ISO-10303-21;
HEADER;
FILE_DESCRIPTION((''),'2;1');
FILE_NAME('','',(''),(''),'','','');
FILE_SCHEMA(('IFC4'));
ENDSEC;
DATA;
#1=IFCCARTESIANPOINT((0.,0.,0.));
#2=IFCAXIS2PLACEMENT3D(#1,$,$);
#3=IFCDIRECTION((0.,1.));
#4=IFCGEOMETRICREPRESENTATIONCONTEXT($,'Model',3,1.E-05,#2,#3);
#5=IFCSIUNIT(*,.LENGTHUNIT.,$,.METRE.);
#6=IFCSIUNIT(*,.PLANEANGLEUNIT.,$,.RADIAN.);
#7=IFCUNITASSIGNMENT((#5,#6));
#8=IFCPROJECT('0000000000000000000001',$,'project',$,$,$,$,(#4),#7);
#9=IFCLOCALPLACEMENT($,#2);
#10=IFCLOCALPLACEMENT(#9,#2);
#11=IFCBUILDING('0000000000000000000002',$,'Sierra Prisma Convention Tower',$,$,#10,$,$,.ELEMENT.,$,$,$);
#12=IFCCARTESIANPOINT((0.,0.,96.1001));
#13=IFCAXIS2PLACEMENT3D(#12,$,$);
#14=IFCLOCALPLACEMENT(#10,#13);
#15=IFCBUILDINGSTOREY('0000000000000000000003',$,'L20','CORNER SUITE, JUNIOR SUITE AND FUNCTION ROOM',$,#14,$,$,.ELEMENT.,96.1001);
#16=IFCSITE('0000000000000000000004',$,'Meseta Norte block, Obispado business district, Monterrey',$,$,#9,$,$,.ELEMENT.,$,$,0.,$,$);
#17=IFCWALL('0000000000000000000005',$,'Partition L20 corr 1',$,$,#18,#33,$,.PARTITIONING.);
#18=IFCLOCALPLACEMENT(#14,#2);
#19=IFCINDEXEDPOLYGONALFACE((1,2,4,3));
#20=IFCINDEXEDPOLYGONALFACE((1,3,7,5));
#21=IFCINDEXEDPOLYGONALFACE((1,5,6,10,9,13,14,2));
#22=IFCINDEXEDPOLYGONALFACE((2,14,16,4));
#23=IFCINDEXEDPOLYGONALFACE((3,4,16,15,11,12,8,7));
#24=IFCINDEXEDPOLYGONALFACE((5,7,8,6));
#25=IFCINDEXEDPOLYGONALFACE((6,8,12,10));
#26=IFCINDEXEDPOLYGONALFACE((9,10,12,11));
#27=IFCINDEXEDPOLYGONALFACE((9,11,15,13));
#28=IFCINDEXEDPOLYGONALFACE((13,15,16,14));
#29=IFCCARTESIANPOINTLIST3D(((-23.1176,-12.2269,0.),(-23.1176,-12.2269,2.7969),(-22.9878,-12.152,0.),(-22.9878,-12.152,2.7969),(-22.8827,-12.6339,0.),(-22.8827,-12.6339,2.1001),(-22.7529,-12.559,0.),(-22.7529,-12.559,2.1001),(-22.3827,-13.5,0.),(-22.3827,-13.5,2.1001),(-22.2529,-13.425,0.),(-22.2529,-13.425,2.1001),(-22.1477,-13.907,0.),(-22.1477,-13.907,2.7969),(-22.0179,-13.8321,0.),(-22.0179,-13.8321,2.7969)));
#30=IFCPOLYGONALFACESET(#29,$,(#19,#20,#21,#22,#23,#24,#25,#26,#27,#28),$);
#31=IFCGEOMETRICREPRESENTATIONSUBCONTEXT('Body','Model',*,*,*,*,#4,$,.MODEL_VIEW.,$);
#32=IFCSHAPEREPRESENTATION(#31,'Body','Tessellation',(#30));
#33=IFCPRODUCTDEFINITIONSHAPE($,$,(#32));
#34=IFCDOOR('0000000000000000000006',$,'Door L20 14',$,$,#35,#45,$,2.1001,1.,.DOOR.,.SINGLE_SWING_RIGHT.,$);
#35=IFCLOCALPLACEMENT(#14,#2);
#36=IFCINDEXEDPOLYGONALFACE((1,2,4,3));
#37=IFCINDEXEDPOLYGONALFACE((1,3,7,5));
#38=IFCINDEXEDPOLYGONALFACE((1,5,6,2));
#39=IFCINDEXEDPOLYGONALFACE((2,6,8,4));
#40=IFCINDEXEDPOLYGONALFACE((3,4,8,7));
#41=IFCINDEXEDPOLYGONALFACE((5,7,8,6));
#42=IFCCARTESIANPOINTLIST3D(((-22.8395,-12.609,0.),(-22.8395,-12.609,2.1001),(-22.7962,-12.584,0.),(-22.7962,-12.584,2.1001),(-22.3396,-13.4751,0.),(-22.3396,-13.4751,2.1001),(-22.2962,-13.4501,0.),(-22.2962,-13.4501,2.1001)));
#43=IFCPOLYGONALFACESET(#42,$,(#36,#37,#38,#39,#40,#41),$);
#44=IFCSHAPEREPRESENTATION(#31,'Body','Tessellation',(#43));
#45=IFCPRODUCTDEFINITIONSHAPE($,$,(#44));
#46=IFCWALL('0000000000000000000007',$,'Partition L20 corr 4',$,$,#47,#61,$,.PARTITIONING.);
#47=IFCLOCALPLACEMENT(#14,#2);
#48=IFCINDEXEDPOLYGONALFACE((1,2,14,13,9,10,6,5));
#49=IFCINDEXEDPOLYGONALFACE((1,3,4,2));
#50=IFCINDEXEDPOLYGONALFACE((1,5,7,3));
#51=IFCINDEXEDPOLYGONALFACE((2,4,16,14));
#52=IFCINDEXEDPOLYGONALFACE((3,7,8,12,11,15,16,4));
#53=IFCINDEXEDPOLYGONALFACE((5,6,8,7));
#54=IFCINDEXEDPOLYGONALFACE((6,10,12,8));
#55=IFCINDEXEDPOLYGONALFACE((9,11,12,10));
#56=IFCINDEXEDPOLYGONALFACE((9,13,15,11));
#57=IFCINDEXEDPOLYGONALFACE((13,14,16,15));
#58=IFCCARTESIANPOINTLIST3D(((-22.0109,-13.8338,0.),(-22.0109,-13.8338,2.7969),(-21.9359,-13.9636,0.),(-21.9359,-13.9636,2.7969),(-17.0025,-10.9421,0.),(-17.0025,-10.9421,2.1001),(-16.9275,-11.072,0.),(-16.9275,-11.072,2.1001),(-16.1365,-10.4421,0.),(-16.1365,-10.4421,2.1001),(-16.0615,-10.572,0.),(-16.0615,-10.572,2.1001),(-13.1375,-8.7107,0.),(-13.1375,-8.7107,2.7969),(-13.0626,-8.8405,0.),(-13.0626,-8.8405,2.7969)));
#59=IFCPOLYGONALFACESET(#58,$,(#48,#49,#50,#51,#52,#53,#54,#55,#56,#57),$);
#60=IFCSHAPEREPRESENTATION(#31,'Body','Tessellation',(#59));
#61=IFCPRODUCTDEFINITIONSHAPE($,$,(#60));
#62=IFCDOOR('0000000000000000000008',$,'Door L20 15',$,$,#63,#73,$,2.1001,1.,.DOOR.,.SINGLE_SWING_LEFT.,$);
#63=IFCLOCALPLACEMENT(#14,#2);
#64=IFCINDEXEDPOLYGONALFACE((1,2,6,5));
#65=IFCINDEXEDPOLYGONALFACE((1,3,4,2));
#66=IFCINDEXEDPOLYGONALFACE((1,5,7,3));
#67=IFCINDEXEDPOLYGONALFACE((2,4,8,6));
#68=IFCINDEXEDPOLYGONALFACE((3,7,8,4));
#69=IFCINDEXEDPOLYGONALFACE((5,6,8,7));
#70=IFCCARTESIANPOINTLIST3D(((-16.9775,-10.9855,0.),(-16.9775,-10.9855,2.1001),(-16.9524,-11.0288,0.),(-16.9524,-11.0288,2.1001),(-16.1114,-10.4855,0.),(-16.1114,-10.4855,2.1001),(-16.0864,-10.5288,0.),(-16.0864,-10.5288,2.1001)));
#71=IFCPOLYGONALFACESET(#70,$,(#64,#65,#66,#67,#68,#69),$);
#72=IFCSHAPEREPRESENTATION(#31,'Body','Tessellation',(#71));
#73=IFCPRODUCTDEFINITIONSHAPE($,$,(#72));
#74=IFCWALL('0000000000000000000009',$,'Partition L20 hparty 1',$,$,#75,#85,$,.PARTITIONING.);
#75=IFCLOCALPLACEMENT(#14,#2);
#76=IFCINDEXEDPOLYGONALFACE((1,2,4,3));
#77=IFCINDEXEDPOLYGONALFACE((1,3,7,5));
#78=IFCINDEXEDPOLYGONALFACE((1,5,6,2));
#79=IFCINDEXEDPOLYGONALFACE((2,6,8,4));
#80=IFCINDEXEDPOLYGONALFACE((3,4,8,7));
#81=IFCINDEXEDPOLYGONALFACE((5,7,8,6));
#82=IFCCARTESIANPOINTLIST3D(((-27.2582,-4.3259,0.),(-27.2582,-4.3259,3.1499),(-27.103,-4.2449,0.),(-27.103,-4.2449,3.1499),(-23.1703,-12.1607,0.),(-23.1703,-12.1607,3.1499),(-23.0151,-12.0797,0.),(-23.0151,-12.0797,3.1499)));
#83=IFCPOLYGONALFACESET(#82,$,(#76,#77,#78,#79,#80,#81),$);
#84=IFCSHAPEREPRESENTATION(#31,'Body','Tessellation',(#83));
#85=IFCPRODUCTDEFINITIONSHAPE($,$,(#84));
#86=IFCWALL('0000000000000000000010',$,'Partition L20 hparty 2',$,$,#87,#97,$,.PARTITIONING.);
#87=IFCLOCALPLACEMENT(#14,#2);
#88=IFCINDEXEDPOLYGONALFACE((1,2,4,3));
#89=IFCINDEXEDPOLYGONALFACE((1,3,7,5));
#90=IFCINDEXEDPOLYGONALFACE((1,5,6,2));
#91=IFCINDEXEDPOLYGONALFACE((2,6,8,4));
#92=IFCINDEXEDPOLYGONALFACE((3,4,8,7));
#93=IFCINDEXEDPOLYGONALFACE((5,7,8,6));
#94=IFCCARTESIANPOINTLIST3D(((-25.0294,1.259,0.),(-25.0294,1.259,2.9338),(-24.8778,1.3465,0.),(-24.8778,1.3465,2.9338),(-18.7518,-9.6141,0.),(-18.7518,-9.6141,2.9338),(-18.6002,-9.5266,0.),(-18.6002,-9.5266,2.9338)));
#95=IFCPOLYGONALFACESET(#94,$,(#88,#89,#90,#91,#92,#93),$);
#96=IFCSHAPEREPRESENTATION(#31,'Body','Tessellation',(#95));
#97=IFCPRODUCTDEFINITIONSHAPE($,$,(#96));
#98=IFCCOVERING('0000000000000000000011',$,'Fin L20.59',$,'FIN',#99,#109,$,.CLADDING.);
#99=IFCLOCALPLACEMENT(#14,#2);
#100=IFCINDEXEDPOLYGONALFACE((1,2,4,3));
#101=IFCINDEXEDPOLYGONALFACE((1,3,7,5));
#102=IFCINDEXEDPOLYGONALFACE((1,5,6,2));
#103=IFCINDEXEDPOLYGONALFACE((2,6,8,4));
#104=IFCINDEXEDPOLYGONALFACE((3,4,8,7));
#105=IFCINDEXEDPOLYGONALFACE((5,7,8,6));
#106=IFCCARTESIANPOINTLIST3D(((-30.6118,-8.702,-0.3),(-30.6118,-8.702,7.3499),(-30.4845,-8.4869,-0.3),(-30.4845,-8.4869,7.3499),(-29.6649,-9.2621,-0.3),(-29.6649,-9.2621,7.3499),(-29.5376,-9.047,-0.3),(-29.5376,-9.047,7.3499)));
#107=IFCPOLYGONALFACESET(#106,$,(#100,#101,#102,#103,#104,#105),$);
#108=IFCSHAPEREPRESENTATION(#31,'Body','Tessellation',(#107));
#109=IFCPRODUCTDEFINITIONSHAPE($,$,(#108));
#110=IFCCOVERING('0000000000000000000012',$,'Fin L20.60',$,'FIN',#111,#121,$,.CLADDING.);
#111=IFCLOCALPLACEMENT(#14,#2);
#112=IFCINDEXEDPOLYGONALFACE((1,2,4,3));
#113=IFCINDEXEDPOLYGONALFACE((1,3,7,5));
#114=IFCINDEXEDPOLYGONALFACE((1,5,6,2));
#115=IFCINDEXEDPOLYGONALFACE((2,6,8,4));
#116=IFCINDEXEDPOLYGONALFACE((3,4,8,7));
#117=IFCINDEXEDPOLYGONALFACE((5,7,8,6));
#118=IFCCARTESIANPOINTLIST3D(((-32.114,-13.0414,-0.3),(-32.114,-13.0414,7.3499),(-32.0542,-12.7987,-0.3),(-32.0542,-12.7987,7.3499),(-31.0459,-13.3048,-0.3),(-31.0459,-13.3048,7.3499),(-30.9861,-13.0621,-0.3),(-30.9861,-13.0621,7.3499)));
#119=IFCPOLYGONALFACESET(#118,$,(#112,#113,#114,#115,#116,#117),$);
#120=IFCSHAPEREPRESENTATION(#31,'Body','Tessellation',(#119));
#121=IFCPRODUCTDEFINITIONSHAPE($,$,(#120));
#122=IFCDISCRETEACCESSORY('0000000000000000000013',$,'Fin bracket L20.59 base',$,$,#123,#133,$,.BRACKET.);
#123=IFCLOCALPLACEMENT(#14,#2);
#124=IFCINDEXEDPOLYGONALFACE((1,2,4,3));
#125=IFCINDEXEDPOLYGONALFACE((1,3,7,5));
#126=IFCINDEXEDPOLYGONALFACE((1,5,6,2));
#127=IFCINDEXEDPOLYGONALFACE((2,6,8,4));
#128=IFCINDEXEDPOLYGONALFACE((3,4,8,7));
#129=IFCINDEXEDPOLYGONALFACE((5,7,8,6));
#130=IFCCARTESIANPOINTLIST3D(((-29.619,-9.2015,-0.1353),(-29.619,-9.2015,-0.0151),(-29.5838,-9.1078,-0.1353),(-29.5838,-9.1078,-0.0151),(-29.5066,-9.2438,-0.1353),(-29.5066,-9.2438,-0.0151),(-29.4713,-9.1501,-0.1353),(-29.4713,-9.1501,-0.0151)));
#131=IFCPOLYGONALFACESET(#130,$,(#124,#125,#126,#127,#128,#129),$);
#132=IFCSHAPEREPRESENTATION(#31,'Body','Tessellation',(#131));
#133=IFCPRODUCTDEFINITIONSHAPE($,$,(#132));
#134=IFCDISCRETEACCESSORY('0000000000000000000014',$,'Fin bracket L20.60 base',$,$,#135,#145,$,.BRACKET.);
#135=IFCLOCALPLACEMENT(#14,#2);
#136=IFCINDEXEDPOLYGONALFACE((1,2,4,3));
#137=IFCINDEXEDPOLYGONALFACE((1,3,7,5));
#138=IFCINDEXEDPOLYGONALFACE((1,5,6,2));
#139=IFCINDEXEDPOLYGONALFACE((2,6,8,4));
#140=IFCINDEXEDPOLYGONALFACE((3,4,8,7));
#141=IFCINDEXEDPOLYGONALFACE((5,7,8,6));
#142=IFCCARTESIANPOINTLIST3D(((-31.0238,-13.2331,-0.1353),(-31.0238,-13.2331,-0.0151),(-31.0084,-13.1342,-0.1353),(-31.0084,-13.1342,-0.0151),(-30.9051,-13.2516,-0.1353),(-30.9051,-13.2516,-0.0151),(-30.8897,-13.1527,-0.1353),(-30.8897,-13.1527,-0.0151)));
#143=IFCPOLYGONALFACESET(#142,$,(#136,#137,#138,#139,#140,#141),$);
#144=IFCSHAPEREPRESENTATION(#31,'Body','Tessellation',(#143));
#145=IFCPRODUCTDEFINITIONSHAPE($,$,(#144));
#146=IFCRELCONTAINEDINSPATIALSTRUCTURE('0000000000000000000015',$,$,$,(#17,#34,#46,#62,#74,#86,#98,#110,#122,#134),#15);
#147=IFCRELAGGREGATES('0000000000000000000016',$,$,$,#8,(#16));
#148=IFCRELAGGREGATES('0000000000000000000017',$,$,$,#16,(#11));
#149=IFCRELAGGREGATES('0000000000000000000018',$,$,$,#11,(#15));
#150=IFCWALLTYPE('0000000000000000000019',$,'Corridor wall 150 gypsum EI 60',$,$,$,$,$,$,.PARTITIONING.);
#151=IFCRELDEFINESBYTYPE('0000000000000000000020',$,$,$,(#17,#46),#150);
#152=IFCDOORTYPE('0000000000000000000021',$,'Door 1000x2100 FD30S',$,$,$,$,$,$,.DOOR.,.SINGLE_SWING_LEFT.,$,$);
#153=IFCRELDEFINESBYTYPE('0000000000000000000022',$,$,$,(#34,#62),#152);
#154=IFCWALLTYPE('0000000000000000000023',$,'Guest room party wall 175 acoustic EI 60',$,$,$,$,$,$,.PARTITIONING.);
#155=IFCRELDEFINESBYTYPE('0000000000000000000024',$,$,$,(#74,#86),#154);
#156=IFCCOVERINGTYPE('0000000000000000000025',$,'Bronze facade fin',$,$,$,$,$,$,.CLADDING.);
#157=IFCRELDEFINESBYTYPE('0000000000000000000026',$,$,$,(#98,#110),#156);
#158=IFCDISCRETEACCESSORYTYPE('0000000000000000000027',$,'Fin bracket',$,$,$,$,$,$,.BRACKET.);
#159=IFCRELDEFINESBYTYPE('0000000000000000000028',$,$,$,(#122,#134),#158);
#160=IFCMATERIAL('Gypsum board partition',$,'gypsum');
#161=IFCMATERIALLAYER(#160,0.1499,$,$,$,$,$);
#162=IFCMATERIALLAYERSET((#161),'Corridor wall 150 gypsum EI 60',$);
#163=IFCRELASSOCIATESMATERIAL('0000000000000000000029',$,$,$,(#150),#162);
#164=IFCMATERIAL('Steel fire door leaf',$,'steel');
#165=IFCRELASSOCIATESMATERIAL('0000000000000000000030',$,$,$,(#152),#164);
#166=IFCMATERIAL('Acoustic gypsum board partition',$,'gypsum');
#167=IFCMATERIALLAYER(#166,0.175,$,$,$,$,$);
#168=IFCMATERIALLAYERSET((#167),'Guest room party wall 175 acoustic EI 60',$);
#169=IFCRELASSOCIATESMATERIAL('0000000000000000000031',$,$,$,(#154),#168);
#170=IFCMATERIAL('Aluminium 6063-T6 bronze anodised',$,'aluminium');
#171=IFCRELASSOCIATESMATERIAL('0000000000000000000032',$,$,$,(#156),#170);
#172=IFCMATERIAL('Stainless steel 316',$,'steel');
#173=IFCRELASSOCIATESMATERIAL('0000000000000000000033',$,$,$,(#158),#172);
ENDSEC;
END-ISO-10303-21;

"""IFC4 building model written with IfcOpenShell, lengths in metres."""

from ifc_helpers import new_model, si_unit, direction, frame, frame_2d, origin, origin_2d, place, context, subcontext, project, spatial, rectangle, extrude, material, layer, layer_set, material_profile, profile_set, type_object, element, fill, save


model = new_model("IFC4")

# Units and contexts
model_context = context("Model", 3, precision=1e-05, world=origin(), true_north=direction((0.0, 1.0)))
body_context = subcontext(model_context, "Body", "Model", "MODEL_VIEW")
ifc_project = project(units=[si_unit("LENGTHUNIT", "METRE"), si_unit("PLANEANGLEUNIT", "RADIAN")], contexts=[model_context])

# Site, building, storey
site_placement = place(None, origin())
site = spatial("IfcSite", under=ifc_project, at=site_placement, Name="Meseta Norte block, Obispado business district, Monterrey", CompositionType="ELEMENT", RefElevation=0.0)
building_placement = place(site_placement, origin())
building = spatial("IfcBuilding", under=site, at=building_placement, Name="Sierra Prisma Convention Tower", CompositionType="ELEMENT")
storey_placement = place(building_placement, frame((0.0, 0.0, 96.1001)))
storey = spatial("IfcBuildingStorey", under=building, at=storey_placement, Name="L20", Description="CORNER SUITE, JUNIOR SUITE AND FUNCTION ROOM", CompositionType="ELEMENT", Elevation=96.1001)

# Walls, openings, doors
ifc_material_1 = material(Name="Gypsum board partition", Category="gypsum")
ifc_layer_1 = layer(ifc_material_1, 0.1499)
ifc_layer_set_1 = layer_set([ifc_layer_1], Name="Corridor wall 150 gypsum EI 60")
wall_type_1 = type_object("IfcWallType", Name="Corridor wall 150 gypsum EI 60", PredefinedType="PARTITIONING", material=ifc_layer_set_1)
wall_1_placement = place(storey_placement, frame((-23.0527, -12.1895, 0.0), z_axis=(0.0, 0.0, 1.0), x_axis=(0.499969, -0.866043, 0.0)))
wall_1 = element("IfcWall", 1, at=wall_1_placement, inside=storey, type_object=wall_type_1, Name="Partition L20 corr 1", PredefinedType="PARTITIONING", context=body_context, shape_type="SweptSolid", body=[
    extrude(rectangle(XDim=1.9399, YDim=0.1499, at=frame_2d((0.97, 0.0))), origin(), (0.0, 0.0, 1.0), 2.7969),
])
opening_1_placement = place(wall_1_placement, frame((0.47, 0.0, 0.0)))
opening_1 = element("IfcOpeningElement", 2, at=opening_1_placement, cuts=wall_1, PredefinedType="OPENING", context=body_context, shape_type="SweptSolid", body=[
    extrude(rectangle(XDim=1.0, YDim=2.1001, at=frame_2d((0.5, 1.05))), frame((0.0, 0.075, 0.0), z_axis=(0.0, -1.0, 0.0), x_axis=(1.0, 0.0, 0.0)), (0.0, 0.0, 1.0), 0.1499),
])
ifc_material_2 = material(Name="Steel fire door leaf", Category="steel")
door_type_1 = type_object("IfcDoorType", Name="Door 1000x2100 FD30S", OperationType="SINGLE_SWING_LEFT", PredefinedType="DOOR", material=ifc_material_2)
door_1_placement = place(opening_1_placement, origin())
door_1 = element("IfcDoor", 3, at=door_1_placement, inside=storey, type_object=door_type_1, Name="Door L20 14", OperationType="SINGLE_SWING_RIGHT", OverallHeight=2.1001, OverallWidth=1.0, PredefinedType="DOOR", context=body_context, shape_type="SweptSolid", body=[
    extrude(rectangle(XDim=1.0, YDim=2.1001, at=frame_2d((0.5, 1.05))), frame((0.0, 0.0249, 0.0), z_axis=(0.0, -1.0, 0.0), x_axis=(1.0, 0.0, 0.0)), (0.0, 0.0, 1.0), 0.05),
])
fill(opening_1, door_1)
wall_2_placement = place(storey_placement, frame((-21.9734, -13.8987, 0.0), z_axis=(0.0, 0.0, 1.0), x_axis=(0.866023, 0.500004, 0.0)))
wall_2 = element("IfcWall", 4, at=wall_2_placement, inside=storey, type_object=wall_type_1, Name="Partition L20 corr 4", PredefinedType="PARTITIONING", context=body_context, shape_type="SweptSolid", body=[
    extrude(rectangle(XDim=10.2461, YDim=0.1499, at=frame_2d((5.123, 0.0))), origin(), (0.0, 0.0, 1.0), 2.7969),
])
opening_2_placement = place(wall_2_placement, frame((5.7832, 0.0, 0.0)))
opening_2 = element("IfcOpeningElement", 5, at=opening_2_placement, cuts=wall_2, PredefinedType="OPENING", context=body_context, shape_type="SweptSolid", body=[
    extrude(rectangle(XDim=1.0, YDim=2.1001, at=frame_2d((0.5, 1.05))), frame((0.0, 0.075, 0.0), z_axis=(0.0, -1.0, 0.0), x_axis=(1.0, 0.0, 0.0)), (0.0, 0.0, 1.0), 0.1499),
])
door_2_placement = place(opening_2_placement, origin())
door_2 = element("IfcDoor", 6, at=door_2_placement, inside=storey, type_object=door_type_1, Name="Door L20 15", OperationType="SINGLE_SWING_LEFT", OverallHeight=2.1001, OverallWidth=1.0, PredefinedType="DOOR", context=body_context, shape_type="SweptSolid", body=[
    extrude(rectangle(XDim=1.0, YDim=2.1001, at=frame_2d((0.5, 1.05))), frame((0.0, 0.0249, 0.0), z_axis=(0.0, -1.0, 0.0), x_axis=(1.0, 0.0, 0.0)), (0.0, 0.0, 1.0), 0.05),
])
fill(opening_2, door_2)

# Walls
ifc_material_3 = material(Name="Acoustic gypsum board partition", Category="gypsum")
ifc_layer_2 = layer(ifc_material_3, 0.175)
ifc_layer_set_2 = layer_set([ifc_layer_2], Name="Guest room party wall 175 acoustic EI 60")
wall_type_2 = type_object("IfcWallType", Name="Guest room party wall 175 acoustic EI 60", PredefinedType="PARTITIONING", material=ifc_layer_set_2)
wall_3_placement = place(storey_placement, frame((-23.0928, -12.1201, 0.0), z_axis=(0.0, 0.0, 1.0), x_axis=(-0.462574, 0.886581, 0.0)))
element("IfcWall", 7, at=wall_3_placement, inside=storey, type_object=wall_type_2, Name="Partition L20 hparty 1", PredefinedType="PARTITIONING", context=body_context, shape_type="SweptSolid", body=[
    extrude(rectangle(XDim=8.8372, YDim=0.175, at=frame_2d((4.4185, 0.0))), origin(), (0.0, 0.0, 1.0), 3.1499),
])
wall_4_placement = place(storey_placement, frame((-18.676, -9.5703, 0.0), z_axis=(0.0, 0.0, 1.0), x_axis=(-0.500002, 0.866024, 0.0)))
element("IfcWall", 8, at=wall_4_placement, inside=storey, type_object=wall_type_2, Name="Partition L20 hparty 2", PredefinedType="PARTITIONING", context=body_context, shape_type="SweptSolid", body=[
    extrude(rectangle(XDim=12.5552, YDim=0.175, at=frame_2d((6.2776, 0.0))), origin(), (0.0, 0.0, 1.0), 2.9338),
])

# Coverings
ifc_material_4 = material(Name="Aluminium 6063-T6 bronze anodised", Category="aluminium")
ifc_material_profile_1 = material_profile(ifc_material_4, rectangle(XDim=1.1001, YDim=0.25, at=origin_2d()), Name="ALU FIN 1100x250")
ifc_profile_set_1 = profile_set([ifc_material_profile_1], Name="Aluminium 6063-T6 bronze anodised")
covering_type = type_object("IfcCoveringType", Name="Bronze facade fin", PredefinedType="CLADDING", material=ifc_profile_set_1)
for number, where, z_axis, x_axis, name in (
    (9, (-30.0747, -8.8745, -0.3), (0.0, 0.0, 1.0), (-0.860684, 0.509139, 0.0), "Fin L20.59"),
    (10, (-31.55, -13.0518, -0.3), (0.0, 0.0, 1.0), (-0.970919, 0.239407, 0.0), "Fin L20.60"),
):
    element("IfcCovering", number, at=place(storey_placement, frame(where, z_axis=z_axis, x_axis=x_axis)), inside=storey, type_object=covering_type, Name=name, ObjectType="FIN", PredefinedType="CLADDING", context=body_context, shape_type="SweptSolid", body=[
        extrude(rectangle(XDim=1.1001, YDim=0.25, at=origin_2d()), origin(), (0.0, 0.0, 1.0), 7.6499),
    ])

# Discrete accessories
ifc_material_5 = material(Name="Stainless steel 316", Category="steel")
discrete_accessory_type = type_object("IfcDiscreteAccessoryType", Name="Fin bracket", PredefinedType="BRACKET", material=ifc_material_5)
for number, where, z_axis, x_axis, name in (
    (11, (-29.5452, -9.1758, -0.1353), (0.0, 0.0, 1.0), (-0.93602, 0.351948, 0.0), "Fin bracket L20.59 base"),
    (12, (-30.9568, -13.1929, -0.1353), (0.0, 0.0, 1.0), (-0.98809, 0.153875, 0.0), "Fin bracket L20.60 base"),
):
    element("IfcDiscreteAccessory", number, at=place(storey_placement, frame(where, z_axis=z_axis, x_axis=x_axis)), inside=storey, type_object=discrete_accessory_type, Name=name, PredefinedType="BRACKET", context=body_context, shape_type="SweptSolid", body=[
        extrude(rectangle(XDim=0.1201, YDim=0.1001, at=origin_2d()), origin(), (0.0, 0.0, 1.0), 0.1201),
    ])

save(model, "model.ifc")
